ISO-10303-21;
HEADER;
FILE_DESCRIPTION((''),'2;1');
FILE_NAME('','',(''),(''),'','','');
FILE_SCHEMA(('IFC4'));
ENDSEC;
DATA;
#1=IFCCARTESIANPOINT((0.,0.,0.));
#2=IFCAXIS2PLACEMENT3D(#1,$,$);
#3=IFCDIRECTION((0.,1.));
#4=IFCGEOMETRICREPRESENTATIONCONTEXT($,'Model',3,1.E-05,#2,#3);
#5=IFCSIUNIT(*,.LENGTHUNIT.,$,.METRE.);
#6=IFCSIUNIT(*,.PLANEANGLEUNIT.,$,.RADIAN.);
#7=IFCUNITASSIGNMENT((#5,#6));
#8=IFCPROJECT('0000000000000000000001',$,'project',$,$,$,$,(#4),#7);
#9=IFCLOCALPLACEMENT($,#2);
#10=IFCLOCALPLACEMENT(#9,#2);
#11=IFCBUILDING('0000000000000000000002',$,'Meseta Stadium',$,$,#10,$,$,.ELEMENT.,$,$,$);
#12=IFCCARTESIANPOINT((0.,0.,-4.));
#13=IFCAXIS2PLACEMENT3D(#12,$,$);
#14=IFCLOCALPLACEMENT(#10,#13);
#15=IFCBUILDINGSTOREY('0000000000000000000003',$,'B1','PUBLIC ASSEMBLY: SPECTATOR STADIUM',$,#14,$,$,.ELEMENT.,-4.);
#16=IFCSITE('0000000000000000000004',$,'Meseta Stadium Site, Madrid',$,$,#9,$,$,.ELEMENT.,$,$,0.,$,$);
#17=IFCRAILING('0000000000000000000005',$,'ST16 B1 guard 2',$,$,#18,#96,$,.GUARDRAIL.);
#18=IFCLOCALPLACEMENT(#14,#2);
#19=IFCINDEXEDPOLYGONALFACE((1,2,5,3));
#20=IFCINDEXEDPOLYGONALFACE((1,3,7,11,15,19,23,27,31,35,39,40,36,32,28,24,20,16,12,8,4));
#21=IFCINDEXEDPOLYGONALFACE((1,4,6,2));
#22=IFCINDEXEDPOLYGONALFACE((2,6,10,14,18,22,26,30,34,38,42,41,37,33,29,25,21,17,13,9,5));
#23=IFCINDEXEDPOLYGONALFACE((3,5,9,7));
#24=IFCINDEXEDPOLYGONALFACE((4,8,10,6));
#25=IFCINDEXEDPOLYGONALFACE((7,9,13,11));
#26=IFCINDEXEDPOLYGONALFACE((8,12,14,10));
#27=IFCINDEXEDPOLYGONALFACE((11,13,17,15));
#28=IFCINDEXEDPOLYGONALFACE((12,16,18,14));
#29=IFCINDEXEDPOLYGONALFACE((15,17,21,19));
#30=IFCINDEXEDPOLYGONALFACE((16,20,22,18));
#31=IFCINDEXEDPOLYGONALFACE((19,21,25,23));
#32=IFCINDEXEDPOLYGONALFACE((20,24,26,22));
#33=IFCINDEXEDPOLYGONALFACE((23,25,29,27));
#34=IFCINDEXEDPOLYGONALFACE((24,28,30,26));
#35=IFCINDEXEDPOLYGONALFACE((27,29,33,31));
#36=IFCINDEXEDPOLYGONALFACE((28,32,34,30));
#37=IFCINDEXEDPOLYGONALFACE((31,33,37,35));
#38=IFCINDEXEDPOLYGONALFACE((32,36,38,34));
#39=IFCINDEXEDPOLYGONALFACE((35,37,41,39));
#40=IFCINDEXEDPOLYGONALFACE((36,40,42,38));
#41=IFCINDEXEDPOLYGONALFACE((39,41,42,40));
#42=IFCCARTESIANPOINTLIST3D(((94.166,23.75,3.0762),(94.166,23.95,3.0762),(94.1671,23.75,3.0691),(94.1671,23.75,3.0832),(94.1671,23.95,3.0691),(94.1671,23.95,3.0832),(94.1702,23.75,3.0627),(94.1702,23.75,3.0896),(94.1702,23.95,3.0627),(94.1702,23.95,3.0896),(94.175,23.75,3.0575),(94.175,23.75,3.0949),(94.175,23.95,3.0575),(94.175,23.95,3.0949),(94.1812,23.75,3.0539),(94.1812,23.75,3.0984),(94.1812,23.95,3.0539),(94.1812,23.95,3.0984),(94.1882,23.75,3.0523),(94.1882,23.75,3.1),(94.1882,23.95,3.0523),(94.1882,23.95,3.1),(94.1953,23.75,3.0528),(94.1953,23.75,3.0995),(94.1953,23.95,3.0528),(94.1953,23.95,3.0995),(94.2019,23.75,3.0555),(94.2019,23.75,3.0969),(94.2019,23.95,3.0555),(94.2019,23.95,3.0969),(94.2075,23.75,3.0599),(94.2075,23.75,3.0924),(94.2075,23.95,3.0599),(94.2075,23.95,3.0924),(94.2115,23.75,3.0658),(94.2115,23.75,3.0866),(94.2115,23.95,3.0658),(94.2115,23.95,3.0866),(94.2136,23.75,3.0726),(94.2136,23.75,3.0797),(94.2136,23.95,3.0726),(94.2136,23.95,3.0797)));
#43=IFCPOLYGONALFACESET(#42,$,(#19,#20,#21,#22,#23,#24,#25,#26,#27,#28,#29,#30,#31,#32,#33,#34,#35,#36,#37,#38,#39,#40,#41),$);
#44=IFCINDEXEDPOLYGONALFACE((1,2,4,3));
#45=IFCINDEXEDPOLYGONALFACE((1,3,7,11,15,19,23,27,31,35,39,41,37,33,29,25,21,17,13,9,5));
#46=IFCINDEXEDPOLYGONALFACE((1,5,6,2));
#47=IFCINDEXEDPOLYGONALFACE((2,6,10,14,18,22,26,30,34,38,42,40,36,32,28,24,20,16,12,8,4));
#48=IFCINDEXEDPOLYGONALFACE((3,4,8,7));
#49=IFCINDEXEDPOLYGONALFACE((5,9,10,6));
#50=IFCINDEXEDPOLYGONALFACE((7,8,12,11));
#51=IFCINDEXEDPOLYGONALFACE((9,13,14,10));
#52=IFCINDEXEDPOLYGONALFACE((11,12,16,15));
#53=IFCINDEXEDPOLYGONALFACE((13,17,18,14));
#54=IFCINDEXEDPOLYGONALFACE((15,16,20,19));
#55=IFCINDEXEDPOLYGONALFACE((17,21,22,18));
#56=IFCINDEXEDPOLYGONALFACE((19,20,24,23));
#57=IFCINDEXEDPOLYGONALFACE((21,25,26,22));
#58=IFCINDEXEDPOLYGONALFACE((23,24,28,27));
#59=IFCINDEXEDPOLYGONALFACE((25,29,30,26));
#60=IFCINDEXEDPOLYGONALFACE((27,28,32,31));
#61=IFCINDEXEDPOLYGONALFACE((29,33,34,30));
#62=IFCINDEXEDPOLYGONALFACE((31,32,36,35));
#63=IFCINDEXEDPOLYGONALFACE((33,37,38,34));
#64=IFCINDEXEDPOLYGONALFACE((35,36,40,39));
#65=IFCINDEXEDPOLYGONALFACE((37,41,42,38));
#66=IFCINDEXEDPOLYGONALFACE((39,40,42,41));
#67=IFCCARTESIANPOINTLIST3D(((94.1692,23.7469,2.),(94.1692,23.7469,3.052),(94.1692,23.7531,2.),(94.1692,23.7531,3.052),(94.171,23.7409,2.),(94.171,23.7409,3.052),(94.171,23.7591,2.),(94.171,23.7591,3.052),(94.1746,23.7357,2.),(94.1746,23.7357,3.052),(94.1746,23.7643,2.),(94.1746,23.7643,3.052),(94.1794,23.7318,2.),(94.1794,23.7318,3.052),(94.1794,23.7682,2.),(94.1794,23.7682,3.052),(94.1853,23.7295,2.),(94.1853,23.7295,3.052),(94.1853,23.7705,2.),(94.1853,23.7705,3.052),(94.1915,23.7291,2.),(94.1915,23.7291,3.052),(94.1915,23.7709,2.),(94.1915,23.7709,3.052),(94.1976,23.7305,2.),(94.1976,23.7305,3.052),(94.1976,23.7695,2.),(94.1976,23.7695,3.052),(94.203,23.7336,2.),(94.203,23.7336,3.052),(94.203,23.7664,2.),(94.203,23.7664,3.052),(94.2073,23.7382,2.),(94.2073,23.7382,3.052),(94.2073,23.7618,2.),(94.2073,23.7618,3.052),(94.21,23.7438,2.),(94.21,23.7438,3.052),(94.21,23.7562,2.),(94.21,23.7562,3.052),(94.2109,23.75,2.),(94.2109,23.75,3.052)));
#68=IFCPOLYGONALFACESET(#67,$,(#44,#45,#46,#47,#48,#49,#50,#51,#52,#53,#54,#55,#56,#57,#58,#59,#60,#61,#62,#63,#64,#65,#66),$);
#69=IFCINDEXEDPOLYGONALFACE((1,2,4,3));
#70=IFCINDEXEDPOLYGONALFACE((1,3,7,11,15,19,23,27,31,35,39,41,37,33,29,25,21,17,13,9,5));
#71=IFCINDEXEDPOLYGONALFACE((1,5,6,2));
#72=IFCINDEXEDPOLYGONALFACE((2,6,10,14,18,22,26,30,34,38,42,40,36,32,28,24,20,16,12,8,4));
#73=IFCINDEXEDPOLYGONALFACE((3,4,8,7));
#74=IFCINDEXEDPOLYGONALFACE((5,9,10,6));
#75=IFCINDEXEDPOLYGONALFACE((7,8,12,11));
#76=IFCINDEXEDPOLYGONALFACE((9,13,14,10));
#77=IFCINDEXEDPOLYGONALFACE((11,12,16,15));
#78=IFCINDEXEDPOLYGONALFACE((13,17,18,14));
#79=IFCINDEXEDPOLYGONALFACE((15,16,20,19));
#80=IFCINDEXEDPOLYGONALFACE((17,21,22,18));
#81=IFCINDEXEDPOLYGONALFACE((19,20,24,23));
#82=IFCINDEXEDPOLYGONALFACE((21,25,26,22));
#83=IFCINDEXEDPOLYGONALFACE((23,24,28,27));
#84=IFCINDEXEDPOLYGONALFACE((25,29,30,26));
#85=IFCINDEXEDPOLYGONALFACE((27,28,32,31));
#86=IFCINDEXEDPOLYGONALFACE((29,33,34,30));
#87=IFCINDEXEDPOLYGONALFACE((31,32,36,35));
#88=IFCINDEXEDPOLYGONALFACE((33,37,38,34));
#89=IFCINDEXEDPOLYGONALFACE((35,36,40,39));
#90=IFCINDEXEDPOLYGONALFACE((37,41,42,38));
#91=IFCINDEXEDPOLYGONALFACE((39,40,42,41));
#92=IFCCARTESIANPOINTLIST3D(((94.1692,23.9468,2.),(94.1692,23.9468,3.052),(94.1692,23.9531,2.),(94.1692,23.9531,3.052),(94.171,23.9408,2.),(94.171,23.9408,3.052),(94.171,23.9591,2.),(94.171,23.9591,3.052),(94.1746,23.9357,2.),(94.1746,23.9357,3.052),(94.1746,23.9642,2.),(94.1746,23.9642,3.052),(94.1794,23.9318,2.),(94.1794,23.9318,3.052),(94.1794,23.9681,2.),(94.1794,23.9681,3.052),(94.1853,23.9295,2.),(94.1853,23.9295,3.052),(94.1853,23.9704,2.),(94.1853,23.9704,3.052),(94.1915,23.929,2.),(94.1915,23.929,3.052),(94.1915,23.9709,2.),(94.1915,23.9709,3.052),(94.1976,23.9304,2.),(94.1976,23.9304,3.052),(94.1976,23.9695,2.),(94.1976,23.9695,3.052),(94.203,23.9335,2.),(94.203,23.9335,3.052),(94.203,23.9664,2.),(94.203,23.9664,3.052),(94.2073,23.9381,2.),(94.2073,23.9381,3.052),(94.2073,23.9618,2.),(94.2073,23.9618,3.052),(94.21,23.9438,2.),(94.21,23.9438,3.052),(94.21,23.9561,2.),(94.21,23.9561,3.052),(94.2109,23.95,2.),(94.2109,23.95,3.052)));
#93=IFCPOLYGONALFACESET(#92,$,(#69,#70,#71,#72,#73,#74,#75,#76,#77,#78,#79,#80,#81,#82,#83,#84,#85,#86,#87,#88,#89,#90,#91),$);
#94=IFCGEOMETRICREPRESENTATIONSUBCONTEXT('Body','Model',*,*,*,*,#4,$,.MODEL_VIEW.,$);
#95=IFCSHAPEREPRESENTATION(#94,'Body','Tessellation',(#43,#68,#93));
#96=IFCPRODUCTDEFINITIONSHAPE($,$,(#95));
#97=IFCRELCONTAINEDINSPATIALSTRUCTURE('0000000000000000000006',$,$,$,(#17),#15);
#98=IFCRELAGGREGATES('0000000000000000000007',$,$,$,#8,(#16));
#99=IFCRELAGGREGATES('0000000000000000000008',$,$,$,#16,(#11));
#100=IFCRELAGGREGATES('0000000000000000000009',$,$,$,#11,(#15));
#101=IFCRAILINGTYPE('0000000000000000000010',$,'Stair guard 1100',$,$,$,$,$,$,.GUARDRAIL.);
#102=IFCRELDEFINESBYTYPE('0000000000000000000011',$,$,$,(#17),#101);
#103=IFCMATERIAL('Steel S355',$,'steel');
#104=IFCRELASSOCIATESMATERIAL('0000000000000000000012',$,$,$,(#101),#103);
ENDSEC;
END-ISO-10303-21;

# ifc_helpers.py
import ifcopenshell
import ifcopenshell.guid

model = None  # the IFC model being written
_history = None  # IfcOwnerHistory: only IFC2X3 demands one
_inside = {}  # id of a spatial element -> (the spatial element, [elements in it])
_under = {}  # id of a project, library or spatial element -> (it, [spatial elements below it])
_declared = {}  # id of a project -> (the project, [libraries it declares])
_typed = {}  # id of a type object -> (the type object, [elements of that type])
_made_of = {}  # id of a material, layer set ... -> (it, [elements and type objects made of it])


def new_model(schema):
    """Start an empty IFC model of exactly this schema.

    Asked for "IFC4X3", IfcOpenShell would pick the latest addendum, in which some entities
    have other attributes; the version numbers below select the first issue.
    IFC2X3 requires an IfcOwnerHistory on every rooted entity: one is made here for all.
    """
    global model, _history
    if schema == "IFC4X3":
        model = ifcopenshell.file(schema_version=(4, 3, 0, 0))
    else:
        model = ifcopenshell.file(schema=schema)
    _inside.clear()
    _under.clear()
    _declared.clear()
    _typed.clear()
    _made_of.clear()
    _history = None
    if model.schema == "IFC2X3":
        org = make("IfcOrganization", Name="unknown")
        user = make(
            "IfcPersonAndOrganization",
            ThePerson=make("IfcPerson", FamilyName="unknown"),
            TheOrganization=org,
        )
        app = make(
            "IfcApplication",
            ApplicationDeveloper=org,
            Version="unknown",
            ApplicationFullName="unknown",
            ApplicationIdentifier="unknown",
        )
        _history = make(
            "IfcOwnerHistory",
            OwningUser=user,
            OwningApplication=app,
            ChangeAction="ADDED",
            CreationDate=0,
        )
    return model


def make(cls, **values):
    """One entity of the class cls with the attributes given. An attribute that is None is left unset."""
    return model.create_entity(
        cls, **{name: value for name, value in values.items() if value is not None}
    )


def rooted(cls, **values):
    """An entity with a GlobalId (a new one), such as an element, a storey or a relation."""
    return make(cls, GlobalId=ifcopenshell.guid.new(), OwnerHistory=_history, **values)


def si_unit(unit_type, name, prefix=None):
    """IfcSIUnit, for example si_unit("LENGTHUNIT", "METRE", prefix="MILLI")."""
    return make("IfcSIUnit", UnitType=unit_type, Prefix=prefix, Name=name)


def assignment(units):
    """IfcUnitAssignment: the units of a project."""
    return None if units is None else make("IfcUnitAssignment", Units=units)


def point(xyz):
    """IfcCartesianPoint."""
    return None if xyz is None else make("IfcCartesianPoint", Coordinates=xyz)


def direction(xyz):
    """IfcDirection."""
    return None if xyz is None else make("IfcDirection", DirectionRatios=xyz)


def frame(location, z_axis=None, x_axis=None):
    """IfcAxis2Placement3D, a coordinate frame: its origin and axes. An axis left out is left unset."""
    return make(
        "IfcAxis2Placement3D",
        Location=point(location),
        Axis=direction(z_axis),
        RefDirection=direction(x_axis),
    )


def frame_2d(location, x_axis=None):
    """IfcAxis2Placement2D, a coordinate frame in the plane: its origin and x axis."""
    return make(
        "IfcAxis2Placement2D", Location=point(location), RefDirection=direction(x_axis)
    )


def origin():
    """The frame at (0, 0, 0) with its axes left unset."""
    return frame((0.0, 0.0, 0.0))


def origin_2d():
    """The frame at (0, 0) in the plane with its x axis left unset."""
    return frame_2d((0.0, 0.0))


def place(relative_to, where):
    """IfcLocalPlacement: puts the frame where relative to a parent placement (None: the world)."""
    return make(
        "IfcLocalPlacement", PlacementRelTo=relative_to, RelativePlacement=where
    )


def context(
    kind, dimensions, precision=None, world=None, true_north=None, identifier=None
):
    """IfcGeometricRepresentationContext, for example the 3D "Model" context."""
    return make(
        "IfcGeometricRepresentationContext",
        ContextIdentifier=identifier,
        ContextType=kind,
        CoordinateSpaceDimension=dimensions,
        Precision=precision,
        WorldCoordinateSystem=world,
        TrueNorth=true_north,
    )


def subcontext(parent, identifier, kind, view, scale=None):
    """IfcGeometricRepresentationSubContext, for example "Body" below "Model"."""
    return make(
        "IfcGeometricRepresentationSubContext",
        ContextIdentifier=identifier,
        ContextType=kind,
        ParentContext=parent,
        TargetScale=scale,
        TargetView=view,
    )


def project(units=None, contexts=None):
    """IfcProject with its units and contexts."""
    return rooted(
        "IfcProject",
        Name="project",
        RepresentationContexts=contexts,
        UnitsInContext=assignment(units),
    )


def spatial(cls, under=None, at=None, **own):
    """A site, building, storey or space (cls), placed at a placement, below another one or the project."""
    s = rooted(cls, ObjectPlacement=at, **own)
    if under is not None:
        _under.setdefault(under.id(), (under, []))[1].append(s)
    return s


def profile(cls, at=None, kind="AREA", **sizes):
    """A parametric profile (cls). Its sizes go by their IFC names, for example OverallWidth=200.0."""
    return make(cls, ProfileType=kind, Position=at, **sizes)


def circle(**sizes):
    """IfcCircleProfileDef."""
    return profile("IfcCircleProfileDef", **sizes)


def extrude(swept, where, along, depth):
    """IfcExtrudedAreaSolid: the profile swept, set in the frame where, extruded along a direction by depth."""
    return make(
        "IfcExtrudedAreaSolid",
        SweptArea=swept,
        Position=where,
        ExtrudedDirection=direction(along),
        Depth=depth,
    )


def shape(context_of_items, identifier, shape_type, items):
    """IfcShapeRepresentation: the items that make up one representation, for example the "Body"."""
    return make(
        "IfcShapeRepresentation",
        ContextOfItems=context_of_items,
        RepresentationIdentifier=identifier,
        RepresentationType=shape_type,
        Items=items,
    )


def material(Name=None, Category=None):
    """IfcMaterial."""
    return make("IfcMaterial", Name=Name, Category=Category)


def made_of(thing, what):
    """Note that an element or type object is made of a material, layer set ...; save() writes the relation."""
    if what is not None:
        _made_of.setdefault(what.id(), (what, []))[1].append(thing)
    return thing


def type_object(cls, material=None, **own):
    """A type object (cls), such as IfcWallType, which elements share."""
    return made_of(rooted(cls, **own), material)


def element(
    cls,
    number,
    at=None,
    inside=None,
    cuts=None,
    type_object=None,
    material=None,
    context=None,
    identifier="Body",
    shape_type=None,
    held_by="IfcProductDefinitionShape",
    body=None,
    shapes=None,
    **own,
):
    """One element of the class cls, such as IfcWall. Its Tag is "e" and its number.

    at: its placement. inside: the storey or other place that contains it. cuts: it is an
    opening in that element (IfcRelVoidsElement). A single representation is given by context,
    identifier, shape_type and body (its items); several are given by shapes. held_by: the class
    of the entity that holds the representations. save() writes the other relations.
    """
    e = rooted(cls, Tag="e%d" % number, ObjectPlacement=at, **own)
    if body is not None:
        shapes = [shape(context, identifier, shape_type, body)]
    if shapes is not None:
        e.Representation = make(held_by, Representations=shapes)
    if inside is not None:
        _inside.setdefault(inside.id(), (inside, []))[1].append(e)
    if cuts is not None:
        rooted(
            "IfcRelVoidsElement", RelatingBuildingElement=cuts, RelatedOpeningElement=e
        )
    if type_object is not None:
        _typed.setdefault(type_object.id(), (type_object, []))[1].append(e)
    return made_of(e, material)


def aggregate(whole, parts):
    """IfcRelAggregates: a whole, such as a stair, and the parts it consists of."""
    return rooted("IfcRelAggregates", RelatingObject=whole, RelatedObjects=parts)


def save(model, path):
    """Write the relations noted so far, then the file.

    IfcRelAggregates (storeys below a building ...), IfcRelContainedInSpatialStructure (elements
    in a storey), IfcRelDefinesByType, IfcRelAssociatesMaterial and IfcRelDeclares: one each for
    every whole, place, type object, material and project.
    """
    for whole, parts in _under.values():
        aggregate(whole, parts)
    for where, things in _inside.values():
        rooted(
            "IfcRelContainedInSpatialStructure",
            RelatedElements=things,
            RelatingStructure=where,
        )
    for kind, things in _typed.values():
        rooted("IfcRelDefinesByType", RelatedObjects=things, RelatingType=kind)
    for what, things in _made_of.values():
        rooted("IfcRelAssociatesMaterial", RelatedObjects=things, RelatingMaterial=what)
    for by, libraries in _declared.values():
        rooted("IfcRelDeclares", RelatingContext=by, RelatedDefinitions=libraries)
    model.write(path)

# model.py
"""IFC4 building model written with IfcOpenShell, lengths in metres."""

from ifc_helpers import new_model, si_unit, direction, frame, origin, origin_2d, place, context, subcontext, project, spatial, circle, extrude, material, type_object, element, save


model = new_model("IFC4")

# Units and contexts
model_context = context("Model", 3, precision=1e-05, world=origin(), true_north=direction((0.0, 1.0)))
body_context = subcontext(model_context, "Body", "Model", "MODEL_VIEW")
ifc_project = project(units=[si_unit("LENGTHUNIT", "METRE"), si_unit("PLANEANGLEUNIT", "RADIAN")], contexts=[model_context])

# Site, building, storey
site_placement = place(None, origin())
site = spatial("IfcSite", under=ifc_project, at=site_placement, Name="Meseta Stadium Site, Madrid", CompositionType="ELEMENT", RefElevation=0.0)
building_placement = place(site_placement, origin())
building = spatial("IfcBuilding", under=site, at=building_placement, Name="Meseta Stadium", CompositionType="ELEMENT")
storey_placement = place(building_placement, frame((0.0, 0.0, -4.0)))
storey = spatial("IfcBuildingStorey", under=building, at=storey_placement, Name="B1", Description="PUBLIC ASSEMBLY: SPECTATOR STADIUM", CompositionType="ELEMENT", Elevation=-4.0)

# Railing
ifc_material_1 = material(Name="Steel S355", Category="steel")
railing_type_1 = type_object("IfcRailingType", Name="Stair guard 1100", PredefinedType="GUARDRAIL", material=ifc_material_1)
railing_1_placement = place(storey_placement, frame((94.1899, 23.75, 2.0)))
element("IfcRailing", 1, at=railing_1_placement, inside=storey, type_object=railing_type_1, Name="ST16 B1 guard 2", PredefinedType="GUARDRAIL", context=body_context, shape_type="SweptSolid", body=[
    extrude(circle(Radius=0.0239, at=origin_2d()), frame((0.0, 0.0, 1.0762), z_axis=(0.0, 1.0, 0.0), x_axis=(-1.0, 0.0, 0.0)), (0.0, 0.0, 1.0), 0.2),
    extrude(circle(Radius=0.021, at=origin_2d()), origin(), (0.0, 0.0, 1.0), 1.052),
    extrude(circle(Radius=0.021, at=origin_2d()), frame((0.0, 0.2, 0.0)), (0.0, 0.0, 1.0), 1.052),
])

save(model, "model.ifc")
